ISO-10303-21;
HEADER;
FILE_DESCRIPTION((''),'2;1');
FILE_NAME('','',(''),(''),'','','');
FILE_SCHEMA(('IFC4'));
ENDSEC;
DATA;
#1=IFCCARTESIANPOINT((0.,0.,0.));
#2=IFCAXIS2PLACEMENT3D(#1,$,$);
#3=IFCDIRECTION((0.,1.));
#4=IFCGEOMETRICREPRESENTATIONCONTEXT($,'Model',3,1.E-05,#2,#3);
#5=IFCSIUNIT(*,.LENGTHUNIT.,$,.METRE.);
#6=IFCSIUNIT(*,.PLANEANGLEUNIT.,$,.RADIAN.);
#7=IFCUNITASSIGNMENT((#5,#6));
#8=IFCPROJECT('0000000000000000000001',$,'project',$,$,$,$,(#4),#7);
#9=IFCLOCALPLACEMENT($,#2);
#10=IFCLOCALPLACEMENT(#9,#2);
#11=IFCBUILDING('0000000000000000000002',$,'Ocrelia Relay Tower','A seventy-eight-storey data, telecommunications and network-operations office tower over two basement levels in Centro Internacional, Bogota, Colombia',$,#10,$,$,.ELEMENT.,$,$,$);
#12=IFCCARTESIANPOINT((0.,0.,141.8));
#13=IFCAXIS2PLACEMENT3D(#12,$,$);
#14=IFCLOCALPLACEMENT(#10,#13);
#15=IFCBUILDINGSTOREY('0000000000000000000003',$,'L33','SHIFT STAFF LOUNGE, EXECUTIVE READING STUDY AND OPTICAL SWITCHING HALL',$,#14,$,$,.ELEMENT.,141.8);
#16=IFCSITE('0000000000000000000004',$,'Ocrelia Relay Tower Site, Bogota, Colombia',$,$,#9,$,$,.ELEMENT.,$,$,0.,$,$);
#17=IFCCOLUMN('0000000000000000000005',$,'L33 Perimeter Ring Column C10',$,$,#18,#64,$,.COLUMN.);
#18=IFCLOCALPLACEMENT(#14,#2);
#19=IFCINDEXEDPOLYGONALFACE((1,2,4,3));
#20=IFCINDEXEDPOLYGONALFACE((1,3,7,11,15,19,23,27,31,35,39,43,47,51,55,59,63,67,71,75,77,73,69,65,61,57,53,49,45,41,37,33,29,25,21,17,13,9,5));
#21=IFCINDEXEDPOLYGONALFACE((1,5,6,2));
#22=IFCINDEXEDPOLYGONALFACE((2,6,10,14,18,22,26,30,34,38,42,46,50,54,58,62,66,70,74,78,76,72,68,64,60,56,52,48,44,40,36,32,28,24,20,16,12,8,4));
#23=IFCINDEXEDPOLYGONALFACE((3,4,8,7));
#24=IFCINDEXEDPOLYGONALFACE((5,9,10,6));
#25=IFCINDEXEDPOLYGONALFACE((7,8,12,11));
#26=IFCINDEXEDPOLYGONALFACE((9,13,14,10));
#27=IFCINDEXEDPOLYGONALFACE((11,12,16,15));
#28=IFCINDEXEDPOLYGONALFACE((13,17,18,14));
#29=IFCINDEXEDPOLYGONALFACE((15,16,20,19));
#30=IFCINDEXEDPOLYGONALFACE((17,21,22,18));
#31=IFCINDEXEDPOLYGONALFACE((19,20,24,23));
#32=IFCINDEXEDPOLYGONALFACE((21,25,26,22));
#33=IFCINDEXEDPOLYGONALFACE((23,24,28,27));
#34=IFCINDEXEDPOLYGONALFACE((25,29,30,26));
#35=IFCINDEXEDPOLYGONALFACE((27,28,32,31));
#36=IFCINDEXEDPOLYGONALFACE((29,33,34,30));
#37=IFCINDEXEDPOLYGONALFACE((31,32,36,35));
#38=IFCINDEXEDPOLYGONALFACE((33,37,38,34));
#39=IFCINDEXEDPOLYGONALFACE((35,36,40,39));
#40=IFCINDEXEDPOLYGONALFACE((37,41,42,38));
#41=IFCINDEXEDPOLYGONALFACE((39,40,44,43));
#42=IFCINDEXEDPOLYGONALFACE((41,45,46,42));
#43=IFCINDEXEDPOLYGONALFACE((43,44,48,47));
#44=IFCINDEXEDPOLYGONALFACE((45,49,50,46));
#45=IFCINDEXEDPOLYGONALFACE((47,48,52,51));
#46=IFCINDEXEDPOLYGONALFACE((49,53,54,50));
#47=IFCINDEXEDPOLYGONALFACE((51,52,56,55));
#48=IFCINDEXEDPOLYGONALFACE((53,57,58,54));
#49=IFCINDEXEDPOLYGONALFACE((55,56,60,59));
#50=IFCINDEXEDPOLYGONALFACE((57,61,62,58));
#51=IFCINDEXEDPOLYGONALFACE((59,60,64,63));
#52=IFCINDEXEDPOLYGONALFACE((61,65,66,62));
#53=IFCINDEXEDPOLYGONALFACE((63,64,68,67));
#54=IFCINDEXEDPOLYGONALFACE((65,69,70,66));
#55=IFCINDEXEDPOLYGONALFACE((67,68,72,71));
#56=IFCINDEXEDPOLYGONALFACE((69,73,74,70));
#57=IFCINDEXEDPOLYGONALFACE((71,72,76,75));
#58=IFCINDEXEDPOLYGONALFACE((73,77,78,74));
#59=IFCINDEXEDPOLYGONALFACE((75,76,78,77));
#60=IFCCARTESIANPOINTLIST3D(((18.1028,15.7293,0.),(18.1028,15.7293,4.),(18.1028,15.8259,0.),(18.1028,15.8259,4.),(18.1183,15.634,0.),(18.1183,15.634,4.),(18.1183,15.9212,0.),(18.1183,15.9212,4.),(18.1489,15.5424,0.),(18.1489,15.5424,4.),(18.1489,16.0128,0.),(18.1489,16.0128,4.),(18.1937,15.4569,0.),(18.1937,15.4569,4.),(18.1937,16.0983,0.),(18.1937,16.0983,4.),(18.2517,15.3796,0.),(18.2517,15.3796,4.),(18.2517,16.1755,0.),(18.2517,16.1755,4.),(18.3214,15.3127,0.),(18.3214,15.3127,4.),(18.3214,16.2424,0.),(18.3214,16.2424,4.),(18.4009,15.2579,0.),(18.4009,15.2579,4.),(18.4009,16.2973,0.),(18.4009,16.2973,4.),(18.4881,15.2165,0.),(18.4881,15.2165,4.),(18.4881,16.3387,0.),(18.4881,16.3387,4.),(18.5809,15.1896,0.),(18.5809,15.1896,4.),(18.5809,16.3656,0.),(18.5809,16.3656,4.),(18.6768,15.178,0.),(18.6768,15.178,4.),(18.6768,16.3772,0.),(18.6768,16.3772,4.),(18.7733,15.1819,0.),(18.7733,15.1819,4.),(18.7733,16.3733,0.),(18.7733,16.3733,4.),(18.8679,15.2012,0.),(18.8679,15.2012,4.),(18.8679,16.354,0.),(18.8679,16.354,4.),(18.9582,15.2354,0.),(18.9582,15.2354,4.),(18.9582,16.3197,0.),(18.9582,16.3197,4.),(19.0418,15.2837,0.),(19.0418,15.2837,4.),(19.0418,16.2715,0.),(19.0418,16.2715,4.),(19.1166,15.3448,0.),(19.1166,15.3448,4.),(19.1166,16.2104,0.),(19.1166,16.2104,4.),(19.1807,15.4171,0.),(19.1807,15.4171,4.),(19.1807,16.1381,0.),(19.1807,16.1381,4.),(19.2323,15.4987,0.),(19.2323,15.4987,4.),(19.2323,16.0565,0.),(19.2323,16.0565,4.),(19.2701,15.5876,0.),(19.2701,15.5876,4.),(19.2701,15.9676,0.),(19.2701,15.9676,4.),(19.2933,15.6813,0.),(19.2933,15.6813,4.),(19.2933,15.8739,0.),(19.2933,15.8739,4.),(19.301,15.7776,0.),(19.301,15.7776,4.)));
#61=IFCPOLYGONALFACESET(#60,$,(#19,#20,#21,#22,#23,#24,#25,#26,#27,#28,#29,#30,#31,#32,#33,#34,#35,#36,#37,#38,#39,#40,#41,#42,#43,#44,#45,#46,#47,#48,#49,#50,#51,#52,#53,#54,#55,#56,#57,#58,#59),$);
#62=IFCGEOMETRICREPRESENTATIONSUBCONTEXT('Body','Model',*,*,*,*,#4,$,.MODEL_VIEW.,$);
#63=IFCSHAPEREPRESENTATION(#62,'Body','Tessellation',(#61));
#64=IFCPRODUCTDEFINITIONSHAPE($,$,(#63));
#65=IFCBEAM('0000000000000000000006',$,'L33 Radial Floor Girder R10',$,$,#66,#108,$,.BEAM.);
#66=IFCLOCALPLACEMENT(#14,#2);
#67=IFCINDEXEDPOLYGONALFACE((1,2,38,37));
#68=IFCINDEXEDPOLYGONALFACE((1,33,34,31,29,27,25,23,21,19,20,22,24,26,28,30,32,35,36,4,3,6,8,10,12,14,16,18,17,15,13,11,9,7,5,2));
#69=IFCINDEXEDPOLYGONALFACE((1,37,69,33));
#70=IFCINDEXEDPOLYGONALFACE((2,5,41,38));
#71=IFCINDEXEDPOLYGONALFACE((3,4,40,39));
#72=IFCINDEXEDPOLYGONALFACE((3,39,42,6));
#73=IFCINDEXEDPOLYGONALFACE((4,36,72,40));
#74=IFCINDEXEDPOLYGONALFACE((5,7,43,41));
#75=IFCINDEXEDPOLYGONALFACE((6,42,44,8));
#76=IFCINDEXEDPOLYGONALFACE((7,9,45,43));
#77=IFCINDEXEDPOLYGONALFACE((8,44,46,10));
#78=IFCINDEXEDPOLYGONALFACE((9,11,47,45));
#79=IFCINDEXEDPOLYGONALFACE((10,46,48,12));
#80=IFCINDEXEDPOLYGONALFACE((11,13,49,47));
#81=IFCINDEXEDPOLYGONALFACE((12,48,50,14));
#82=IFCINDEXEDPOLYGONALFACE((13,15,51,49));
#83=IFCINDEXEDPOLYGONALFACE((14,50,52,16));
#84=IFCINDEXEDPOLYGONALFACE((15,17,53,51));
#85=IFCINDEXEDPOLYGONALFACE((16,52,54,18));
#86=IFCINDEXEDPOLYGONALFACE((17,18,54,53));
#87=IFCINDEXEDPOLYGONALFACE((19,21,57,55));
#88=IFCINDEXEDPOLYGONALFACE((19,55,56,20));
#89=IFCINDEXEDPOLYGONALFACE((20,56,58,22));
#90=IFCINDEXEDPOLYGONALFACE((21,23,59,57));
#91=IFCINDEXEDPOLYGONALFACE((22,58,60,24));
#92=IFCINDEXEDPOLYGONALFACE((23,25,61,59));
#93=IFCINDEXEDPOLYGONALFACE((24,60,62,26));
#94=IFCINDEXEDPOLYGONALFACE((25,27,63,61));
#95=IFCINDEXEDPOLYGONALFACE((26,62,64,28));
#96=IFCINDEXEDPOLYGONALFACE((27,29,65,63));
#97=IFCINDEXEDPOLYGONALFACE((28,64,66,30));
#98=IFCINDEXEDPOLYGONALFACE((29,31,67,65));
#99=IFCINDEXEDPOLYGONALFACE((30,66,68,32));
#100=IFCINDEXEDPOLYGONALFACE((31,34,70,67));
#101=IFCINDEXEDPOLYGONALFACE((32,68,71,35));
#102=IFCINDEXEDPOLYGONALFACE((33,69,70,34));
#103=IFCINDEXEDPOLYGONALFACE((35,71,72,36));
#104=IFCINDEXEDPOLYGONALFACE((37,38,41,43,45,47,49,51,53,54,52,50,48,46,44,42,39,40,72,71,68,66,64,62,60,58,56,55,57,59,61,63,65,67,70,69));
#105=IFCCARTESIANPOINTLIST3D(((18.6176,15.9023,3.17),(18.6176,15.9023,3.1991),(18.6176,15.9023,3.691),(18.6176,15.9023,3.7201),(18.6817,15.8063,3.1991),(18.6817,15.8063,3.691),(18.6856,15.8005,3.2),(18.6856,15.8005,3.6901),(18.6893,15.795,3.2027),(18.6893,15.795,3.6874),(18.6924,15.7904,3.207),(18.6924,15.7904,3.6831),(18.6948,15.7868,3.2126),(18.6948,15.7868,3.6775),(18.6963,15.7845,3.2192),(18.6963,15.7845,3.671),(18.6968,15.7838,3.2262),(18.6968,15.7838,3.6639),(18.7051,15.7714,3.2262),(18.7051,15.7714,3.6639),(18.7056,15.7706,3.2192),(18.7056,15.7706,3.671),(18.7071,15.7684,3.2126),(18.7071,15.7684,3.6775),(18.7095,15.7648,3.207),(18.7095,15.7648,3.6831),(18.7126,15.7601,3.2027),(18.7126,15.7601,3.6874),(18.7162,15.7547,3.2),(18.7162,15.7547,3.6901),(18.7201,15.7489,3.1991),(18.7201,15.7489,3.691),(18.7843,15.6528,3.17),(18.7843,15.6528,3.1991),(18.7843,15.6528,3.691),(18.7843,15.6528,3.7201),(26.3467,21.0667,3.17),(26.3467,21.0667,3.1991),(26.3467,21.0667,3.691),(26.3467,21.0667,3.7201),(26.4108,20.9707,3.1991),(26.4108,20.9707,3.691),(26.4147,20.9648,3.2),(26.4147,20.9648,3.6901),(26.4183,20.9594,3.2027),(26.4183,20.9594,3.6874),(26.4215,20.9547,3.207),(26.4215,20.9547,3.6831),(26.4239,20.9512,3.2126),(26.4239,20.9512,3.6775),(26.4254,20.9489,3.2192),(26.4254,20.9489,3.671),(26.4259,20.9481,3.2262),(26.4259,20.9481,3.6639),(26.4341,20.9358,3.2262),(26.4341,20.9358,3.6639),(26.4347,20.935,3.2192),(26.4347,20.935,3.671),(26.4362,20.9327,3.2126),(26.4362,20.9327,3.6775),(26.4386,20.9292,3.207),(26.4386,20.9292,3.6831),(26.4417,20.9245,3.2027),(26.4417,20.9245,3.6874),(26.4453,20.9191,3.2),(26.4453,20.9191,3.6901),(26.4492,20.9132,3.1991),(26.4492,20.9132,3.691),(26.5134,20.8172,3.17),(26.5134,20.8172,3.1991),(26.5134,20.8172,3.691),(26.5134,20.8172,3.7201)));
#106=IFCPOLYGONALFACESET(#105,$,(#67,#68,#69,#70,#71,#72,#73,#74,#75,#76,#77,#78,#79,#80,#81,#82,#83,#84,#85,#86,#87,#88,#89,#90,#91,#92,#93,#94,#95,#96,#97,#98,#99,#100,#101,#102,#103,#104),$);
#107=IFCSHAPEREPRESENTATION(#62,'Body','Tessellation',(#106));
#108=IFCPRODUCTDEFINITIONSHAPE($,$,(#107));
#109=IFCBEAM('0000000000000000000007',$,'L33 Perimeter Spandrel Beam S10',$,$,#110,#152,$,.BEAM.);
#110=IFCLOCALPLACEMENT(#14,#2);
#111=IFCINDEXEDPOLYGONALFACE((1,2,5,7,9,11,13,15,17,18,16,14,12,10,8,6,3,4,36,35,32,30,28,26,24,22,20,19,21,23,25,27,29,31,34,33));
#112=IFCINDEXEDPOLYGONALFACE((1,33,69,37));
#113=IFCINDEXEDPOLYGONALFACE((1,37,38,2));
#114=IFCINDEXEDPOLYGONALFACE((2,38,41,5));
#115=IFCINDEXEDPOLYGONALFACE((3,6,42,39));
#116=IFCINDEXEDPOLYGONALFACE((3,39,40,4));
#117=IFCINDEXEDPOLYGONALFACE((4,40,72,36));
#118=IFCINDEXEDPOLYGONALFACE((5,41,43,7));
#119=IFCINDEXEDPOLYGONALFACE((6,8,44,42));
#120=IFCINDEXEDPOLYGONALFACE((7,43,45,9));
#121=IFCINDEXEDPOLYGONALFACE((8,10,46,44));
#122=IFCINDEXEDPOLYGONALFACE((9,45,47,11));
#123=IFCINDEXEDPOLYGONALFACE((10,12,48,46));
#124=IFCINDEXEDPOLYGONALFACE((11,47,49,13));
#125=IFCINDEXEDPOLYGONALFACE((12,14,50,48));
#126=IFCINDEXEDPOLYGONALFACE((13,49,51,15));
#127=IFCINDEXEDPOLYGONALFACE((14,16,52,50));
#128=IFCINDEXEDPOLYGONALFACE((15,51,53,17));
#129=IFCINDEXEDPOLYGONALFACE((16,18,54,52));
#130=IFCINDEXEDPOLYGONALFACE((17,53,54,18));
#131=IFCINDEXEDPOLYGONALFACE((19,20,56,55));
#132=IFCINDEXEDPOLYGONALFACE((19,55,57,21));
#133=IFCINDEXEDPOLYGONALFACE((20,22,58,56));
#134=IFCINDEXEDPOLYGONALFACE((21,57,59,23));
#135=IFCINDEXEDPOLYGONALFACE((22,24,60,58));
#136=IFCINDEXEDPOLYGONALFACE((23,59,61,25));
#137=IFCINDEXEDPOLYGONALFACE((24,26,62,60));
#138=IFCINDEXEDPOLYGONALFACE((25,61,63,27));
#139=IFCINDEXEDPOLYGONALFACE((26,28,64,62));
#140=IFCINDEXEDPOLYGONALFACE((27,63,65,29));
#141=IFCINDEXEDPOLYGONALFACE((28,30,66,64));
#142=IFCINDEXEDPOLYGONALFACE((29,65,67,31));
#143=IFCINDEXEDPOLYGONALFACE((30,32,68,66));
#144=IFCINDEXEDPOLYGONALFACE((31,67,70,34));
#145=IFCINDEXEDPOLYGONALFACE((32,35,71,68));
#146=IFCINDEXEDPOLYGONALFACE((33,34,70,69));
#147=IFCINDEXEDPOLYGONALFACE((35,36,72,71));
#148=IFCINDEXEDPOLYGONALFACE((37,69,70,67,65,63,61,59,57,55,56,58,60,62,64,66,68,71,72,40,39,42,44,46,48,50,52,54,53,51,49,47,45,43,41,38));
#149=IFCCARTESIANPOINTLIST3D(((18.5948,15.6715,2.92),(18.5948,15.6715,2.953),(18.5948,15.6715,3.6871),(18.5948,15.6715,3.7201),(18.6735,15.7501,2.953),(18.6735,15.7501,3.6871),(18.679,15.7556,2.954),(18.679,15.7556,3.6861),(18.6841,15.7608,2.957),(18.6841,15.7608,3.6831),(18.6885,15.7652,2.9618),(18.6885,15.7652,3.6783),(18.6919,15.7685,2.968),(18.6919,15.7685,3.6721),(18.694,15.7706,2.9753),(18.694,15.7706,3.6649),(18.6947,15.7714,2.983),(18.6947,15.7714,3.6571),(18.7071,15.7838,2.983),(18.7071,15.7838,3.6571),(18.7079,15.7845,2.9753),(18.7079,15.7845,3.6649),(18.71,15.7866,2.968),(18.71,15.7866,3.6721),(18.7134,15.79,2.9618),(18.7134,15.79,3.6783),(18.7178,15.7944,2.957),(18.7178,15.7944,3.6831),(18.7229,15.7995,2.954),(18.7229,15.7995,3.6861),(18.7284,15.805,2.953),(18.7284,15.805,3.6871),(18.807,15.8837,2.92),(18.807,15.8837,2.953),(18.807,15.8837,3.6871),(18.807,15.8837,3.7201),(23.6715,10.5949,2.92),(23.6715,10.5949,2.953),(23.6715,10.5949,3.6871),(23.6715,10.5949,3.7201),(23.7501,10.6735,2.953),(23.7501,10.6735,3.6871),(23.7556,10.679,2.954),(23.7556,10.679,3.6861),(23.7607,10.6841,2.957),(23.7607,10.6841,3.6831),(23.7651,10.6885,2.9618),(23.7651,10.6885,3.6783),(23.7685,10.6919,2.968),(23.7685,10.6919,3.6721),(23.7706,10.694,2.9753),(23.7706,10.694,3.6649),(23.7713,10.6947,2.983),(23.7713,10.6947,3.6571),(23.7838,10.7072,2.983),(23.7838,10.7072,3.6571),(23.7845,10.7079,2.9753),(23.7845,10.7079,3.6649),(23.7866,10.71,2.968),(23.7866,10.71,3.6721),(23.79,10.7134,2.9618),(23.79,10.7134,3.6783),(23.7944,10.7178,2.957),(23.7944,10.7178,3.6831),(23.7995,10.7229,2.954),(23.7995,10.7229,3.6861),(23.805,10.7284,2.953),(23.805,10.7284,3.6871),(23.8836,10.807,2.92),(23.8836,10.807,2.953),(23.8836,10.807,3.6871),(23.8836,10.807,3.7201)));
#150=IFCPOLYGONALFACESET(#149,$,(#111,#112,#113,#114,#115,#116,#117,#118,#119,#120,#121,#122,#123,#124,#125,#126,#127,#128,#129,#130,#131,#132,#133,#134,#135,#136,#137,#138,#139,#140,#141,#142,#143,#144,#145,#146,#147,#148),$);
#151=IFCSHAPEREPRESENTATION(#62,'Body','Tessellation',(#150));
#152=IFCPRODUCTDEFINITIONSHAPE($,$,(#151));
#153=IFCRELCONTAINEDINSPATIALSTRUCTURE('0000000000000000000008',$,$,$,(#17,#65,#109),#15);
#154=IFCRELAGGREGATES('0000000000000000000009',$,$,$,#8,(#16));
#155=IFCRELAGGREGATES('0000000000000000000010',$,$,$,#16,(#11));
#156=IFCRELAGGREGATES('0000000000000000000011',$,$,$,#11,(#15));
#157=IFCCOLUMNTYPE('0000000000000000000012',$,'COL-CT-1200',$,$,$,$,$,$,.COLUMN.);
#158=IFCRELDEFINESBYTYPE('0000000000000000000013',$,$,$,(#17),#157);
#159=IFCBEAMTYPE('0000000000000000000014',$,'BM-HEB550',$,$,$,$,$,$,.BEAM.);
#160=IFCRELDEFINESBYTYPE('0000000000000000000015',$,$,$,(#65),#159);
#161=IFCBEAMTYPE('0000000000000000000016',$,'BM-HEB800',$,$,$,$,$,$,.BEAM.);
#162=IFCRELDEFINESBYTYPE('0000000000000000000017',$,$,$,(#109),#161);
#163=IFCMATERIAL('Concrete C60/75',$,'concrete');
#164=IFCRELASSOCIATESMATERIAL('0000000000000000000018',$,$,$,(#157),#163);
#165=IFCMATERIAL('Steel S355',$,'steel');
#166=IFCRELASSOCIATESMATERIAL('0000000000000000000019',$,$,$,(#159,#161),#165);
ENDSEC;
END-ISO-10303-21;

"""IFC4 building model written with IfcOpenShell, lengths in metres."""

from ifc_helpers import new_model, si_unit, direction, frame, origin, origin_2d, place, context, subcontext, project, spatial, circle, i_section, extrude, material, material_profile, profile_set, type_object, element, save


model = new_model("IFC4")

# Units and contexts
model_context = context("Model", 3, precision=1e-05, world=origin(), true_north=direction((0.0, 1.0)))
body_context = subcontext(model_context, "Body", "Model", "MODEL_VIEW")
ifc_project = project(units=[si_unit("LENGTHUNIT", "METRE"), si_unit("PLANEANGLEUNIT", "RADIAN")], contexts=[model_context])

# Site, building, storey
site_placement = place(None, origin())
site = spatial("IfcSite", under=ifc_project, at=site_placement, Name="Ocrelia Relay Tower Site, Bogota, Colombia", CompositionType="ELEMENT", RefElevation=0.0)
building_placement = place(site_placement, origin())
building = spatial("IfcBuilding", under=site, at=building_placement, Name="Ocrelia Relay Tower", Description="A seventy-eight-storey data, telecommunications and network-operations office tower over two basement levels in Centro Internacional, Bogota, Colombia", CompositionType="ELEMENT")
storey_placement = place(building_placement, frame((0.0, 0.0, 141.8)))
storey = spatial("IfcBuildingStorey", under=building, at=storey_placement, Name="L33", Description="SHIFT STAFF LOUNGE, EXECUTIVE READING STUDY AND OPTICAL SWITCHING HALL", CompositionType="ELEMENT", Elevation=141.8)

# Column
ifc_material_1 = material(Name="Concrete C60/75", Category="concrete")
ifc_material_profile_1 = material_profile(ifc_material_1, circle(Radius=0.6001, at=origin_2d()), Name="RC-CIR-1200")
ifc_profile_set_1 = profile_set([ifc_material_profile_1], Name="Concrete C60/75")
column_type = type_object("IfcColumnType", Name="COL-CT-1200", PredefinedType="COLUMN", material=ifc_profile_set_1)
column_placement = place(storey_placement, frame((18.7009, 15.7776, 0.0), z_axis=(0.0, 0.0, 1.0), x_axis=(1.0, 0.0, 0.0)))
element("IfcColumn", 1, at=column_placement, inside=storey, type_object=column_type, Name="L33 Perimeter Ring Column C10", PredefinedType="COLUMN", context=body_context, shape_type="SweptSolid", body=[
    extrude(circle(Radius=0.6001, at=origin_2d()), origin(), (0.0, 0.0, 1.0), 4.0),
])

# Beams
ifc_material_2 = material(Name="Steel S355", Category="steel")
ifc_material_profile_2 = material_profile(ifc_material_2, i_section(OverallWidth=0.3, OverallDepth=0.55, WebThickness=0.0149, FlangeThickness=0.0291, FilletRadius=0.0271, at=origin_2d()), Name="HEB 550")
ifc_profile_set_2 = profile_set([ifc_material_profile_2], Name="Steel S355")
beam_type_1 = type_object("IfcBeamType", Name="BM-HEB550", PredefinedType="BEAM", material=ifc_profile_set_2)
beam_1_placement = place(storey_placement, frame((18.7009, 15.7776, 3.4451), z_axis=(0.831472, 0.555567, 0.0), x_axis=(-0.555567, 0.831472, 0.0)))
element("IfcBeam", 2, at=beam_1_placement, inside=storey, type_object=beam_type_1, Name="L33 Radial Floor Girder R10", PredefinedType="BEAM", context=body_context, shape_type="SweptSolid", body=[
    extrude(i_section(OverallWidth=0.3, OverallDepth=0.55, WebThickness=0.0149, FlangeThickness=0.0291, FilletRadius=0.0271, at=origin_2d()), origin(), (0.0, 0.0, 1.0), 9.2957),
])
ifc_material_profile_3 = material_profile(ifc_material_2, i_section(OverallWidth=0.3, OverallDepth=0.8, WebThickness=0.0176, FlangeThickness=0.033, FilletRadius=0.03, at=origin_2d()), Name="HEB 800")
ifc_profile_set_3 = profile_set([ifc_material_profile_3], Name="Steel S355")
beam_type_2 = type_object("IfcBeamType", Name="BM-HEB800", PredefinedType="BEAM", material=ifc_profile_set_3)
beam_2_placement = place(storey_placement, frame((18.7009, 15.7776, 3.3201), z_axis=(0.707107, -0.707107, 0.0), x_axis=(0.707107, 0.707107, 0.0)))
element("IfcBeam", 3, at=beam_2_placement, inside=storey, type_object=beam_type_2, Name="L33 Perimeter Spandrel Beam S10", PredefinedType="BEAM", context=body_context, shape_type="SweptSolid", body=[
    extrude(i_section(OverallWidth=0.3, OverallDepth=0.8, WebThickness=0.0176, FlangeThickness=0.033, FilletRadius=0.03, at=origin_2d()), origin(), (0.0, 0.0, 1.0), 7.1794),
])

save(model, "model.ifc")
